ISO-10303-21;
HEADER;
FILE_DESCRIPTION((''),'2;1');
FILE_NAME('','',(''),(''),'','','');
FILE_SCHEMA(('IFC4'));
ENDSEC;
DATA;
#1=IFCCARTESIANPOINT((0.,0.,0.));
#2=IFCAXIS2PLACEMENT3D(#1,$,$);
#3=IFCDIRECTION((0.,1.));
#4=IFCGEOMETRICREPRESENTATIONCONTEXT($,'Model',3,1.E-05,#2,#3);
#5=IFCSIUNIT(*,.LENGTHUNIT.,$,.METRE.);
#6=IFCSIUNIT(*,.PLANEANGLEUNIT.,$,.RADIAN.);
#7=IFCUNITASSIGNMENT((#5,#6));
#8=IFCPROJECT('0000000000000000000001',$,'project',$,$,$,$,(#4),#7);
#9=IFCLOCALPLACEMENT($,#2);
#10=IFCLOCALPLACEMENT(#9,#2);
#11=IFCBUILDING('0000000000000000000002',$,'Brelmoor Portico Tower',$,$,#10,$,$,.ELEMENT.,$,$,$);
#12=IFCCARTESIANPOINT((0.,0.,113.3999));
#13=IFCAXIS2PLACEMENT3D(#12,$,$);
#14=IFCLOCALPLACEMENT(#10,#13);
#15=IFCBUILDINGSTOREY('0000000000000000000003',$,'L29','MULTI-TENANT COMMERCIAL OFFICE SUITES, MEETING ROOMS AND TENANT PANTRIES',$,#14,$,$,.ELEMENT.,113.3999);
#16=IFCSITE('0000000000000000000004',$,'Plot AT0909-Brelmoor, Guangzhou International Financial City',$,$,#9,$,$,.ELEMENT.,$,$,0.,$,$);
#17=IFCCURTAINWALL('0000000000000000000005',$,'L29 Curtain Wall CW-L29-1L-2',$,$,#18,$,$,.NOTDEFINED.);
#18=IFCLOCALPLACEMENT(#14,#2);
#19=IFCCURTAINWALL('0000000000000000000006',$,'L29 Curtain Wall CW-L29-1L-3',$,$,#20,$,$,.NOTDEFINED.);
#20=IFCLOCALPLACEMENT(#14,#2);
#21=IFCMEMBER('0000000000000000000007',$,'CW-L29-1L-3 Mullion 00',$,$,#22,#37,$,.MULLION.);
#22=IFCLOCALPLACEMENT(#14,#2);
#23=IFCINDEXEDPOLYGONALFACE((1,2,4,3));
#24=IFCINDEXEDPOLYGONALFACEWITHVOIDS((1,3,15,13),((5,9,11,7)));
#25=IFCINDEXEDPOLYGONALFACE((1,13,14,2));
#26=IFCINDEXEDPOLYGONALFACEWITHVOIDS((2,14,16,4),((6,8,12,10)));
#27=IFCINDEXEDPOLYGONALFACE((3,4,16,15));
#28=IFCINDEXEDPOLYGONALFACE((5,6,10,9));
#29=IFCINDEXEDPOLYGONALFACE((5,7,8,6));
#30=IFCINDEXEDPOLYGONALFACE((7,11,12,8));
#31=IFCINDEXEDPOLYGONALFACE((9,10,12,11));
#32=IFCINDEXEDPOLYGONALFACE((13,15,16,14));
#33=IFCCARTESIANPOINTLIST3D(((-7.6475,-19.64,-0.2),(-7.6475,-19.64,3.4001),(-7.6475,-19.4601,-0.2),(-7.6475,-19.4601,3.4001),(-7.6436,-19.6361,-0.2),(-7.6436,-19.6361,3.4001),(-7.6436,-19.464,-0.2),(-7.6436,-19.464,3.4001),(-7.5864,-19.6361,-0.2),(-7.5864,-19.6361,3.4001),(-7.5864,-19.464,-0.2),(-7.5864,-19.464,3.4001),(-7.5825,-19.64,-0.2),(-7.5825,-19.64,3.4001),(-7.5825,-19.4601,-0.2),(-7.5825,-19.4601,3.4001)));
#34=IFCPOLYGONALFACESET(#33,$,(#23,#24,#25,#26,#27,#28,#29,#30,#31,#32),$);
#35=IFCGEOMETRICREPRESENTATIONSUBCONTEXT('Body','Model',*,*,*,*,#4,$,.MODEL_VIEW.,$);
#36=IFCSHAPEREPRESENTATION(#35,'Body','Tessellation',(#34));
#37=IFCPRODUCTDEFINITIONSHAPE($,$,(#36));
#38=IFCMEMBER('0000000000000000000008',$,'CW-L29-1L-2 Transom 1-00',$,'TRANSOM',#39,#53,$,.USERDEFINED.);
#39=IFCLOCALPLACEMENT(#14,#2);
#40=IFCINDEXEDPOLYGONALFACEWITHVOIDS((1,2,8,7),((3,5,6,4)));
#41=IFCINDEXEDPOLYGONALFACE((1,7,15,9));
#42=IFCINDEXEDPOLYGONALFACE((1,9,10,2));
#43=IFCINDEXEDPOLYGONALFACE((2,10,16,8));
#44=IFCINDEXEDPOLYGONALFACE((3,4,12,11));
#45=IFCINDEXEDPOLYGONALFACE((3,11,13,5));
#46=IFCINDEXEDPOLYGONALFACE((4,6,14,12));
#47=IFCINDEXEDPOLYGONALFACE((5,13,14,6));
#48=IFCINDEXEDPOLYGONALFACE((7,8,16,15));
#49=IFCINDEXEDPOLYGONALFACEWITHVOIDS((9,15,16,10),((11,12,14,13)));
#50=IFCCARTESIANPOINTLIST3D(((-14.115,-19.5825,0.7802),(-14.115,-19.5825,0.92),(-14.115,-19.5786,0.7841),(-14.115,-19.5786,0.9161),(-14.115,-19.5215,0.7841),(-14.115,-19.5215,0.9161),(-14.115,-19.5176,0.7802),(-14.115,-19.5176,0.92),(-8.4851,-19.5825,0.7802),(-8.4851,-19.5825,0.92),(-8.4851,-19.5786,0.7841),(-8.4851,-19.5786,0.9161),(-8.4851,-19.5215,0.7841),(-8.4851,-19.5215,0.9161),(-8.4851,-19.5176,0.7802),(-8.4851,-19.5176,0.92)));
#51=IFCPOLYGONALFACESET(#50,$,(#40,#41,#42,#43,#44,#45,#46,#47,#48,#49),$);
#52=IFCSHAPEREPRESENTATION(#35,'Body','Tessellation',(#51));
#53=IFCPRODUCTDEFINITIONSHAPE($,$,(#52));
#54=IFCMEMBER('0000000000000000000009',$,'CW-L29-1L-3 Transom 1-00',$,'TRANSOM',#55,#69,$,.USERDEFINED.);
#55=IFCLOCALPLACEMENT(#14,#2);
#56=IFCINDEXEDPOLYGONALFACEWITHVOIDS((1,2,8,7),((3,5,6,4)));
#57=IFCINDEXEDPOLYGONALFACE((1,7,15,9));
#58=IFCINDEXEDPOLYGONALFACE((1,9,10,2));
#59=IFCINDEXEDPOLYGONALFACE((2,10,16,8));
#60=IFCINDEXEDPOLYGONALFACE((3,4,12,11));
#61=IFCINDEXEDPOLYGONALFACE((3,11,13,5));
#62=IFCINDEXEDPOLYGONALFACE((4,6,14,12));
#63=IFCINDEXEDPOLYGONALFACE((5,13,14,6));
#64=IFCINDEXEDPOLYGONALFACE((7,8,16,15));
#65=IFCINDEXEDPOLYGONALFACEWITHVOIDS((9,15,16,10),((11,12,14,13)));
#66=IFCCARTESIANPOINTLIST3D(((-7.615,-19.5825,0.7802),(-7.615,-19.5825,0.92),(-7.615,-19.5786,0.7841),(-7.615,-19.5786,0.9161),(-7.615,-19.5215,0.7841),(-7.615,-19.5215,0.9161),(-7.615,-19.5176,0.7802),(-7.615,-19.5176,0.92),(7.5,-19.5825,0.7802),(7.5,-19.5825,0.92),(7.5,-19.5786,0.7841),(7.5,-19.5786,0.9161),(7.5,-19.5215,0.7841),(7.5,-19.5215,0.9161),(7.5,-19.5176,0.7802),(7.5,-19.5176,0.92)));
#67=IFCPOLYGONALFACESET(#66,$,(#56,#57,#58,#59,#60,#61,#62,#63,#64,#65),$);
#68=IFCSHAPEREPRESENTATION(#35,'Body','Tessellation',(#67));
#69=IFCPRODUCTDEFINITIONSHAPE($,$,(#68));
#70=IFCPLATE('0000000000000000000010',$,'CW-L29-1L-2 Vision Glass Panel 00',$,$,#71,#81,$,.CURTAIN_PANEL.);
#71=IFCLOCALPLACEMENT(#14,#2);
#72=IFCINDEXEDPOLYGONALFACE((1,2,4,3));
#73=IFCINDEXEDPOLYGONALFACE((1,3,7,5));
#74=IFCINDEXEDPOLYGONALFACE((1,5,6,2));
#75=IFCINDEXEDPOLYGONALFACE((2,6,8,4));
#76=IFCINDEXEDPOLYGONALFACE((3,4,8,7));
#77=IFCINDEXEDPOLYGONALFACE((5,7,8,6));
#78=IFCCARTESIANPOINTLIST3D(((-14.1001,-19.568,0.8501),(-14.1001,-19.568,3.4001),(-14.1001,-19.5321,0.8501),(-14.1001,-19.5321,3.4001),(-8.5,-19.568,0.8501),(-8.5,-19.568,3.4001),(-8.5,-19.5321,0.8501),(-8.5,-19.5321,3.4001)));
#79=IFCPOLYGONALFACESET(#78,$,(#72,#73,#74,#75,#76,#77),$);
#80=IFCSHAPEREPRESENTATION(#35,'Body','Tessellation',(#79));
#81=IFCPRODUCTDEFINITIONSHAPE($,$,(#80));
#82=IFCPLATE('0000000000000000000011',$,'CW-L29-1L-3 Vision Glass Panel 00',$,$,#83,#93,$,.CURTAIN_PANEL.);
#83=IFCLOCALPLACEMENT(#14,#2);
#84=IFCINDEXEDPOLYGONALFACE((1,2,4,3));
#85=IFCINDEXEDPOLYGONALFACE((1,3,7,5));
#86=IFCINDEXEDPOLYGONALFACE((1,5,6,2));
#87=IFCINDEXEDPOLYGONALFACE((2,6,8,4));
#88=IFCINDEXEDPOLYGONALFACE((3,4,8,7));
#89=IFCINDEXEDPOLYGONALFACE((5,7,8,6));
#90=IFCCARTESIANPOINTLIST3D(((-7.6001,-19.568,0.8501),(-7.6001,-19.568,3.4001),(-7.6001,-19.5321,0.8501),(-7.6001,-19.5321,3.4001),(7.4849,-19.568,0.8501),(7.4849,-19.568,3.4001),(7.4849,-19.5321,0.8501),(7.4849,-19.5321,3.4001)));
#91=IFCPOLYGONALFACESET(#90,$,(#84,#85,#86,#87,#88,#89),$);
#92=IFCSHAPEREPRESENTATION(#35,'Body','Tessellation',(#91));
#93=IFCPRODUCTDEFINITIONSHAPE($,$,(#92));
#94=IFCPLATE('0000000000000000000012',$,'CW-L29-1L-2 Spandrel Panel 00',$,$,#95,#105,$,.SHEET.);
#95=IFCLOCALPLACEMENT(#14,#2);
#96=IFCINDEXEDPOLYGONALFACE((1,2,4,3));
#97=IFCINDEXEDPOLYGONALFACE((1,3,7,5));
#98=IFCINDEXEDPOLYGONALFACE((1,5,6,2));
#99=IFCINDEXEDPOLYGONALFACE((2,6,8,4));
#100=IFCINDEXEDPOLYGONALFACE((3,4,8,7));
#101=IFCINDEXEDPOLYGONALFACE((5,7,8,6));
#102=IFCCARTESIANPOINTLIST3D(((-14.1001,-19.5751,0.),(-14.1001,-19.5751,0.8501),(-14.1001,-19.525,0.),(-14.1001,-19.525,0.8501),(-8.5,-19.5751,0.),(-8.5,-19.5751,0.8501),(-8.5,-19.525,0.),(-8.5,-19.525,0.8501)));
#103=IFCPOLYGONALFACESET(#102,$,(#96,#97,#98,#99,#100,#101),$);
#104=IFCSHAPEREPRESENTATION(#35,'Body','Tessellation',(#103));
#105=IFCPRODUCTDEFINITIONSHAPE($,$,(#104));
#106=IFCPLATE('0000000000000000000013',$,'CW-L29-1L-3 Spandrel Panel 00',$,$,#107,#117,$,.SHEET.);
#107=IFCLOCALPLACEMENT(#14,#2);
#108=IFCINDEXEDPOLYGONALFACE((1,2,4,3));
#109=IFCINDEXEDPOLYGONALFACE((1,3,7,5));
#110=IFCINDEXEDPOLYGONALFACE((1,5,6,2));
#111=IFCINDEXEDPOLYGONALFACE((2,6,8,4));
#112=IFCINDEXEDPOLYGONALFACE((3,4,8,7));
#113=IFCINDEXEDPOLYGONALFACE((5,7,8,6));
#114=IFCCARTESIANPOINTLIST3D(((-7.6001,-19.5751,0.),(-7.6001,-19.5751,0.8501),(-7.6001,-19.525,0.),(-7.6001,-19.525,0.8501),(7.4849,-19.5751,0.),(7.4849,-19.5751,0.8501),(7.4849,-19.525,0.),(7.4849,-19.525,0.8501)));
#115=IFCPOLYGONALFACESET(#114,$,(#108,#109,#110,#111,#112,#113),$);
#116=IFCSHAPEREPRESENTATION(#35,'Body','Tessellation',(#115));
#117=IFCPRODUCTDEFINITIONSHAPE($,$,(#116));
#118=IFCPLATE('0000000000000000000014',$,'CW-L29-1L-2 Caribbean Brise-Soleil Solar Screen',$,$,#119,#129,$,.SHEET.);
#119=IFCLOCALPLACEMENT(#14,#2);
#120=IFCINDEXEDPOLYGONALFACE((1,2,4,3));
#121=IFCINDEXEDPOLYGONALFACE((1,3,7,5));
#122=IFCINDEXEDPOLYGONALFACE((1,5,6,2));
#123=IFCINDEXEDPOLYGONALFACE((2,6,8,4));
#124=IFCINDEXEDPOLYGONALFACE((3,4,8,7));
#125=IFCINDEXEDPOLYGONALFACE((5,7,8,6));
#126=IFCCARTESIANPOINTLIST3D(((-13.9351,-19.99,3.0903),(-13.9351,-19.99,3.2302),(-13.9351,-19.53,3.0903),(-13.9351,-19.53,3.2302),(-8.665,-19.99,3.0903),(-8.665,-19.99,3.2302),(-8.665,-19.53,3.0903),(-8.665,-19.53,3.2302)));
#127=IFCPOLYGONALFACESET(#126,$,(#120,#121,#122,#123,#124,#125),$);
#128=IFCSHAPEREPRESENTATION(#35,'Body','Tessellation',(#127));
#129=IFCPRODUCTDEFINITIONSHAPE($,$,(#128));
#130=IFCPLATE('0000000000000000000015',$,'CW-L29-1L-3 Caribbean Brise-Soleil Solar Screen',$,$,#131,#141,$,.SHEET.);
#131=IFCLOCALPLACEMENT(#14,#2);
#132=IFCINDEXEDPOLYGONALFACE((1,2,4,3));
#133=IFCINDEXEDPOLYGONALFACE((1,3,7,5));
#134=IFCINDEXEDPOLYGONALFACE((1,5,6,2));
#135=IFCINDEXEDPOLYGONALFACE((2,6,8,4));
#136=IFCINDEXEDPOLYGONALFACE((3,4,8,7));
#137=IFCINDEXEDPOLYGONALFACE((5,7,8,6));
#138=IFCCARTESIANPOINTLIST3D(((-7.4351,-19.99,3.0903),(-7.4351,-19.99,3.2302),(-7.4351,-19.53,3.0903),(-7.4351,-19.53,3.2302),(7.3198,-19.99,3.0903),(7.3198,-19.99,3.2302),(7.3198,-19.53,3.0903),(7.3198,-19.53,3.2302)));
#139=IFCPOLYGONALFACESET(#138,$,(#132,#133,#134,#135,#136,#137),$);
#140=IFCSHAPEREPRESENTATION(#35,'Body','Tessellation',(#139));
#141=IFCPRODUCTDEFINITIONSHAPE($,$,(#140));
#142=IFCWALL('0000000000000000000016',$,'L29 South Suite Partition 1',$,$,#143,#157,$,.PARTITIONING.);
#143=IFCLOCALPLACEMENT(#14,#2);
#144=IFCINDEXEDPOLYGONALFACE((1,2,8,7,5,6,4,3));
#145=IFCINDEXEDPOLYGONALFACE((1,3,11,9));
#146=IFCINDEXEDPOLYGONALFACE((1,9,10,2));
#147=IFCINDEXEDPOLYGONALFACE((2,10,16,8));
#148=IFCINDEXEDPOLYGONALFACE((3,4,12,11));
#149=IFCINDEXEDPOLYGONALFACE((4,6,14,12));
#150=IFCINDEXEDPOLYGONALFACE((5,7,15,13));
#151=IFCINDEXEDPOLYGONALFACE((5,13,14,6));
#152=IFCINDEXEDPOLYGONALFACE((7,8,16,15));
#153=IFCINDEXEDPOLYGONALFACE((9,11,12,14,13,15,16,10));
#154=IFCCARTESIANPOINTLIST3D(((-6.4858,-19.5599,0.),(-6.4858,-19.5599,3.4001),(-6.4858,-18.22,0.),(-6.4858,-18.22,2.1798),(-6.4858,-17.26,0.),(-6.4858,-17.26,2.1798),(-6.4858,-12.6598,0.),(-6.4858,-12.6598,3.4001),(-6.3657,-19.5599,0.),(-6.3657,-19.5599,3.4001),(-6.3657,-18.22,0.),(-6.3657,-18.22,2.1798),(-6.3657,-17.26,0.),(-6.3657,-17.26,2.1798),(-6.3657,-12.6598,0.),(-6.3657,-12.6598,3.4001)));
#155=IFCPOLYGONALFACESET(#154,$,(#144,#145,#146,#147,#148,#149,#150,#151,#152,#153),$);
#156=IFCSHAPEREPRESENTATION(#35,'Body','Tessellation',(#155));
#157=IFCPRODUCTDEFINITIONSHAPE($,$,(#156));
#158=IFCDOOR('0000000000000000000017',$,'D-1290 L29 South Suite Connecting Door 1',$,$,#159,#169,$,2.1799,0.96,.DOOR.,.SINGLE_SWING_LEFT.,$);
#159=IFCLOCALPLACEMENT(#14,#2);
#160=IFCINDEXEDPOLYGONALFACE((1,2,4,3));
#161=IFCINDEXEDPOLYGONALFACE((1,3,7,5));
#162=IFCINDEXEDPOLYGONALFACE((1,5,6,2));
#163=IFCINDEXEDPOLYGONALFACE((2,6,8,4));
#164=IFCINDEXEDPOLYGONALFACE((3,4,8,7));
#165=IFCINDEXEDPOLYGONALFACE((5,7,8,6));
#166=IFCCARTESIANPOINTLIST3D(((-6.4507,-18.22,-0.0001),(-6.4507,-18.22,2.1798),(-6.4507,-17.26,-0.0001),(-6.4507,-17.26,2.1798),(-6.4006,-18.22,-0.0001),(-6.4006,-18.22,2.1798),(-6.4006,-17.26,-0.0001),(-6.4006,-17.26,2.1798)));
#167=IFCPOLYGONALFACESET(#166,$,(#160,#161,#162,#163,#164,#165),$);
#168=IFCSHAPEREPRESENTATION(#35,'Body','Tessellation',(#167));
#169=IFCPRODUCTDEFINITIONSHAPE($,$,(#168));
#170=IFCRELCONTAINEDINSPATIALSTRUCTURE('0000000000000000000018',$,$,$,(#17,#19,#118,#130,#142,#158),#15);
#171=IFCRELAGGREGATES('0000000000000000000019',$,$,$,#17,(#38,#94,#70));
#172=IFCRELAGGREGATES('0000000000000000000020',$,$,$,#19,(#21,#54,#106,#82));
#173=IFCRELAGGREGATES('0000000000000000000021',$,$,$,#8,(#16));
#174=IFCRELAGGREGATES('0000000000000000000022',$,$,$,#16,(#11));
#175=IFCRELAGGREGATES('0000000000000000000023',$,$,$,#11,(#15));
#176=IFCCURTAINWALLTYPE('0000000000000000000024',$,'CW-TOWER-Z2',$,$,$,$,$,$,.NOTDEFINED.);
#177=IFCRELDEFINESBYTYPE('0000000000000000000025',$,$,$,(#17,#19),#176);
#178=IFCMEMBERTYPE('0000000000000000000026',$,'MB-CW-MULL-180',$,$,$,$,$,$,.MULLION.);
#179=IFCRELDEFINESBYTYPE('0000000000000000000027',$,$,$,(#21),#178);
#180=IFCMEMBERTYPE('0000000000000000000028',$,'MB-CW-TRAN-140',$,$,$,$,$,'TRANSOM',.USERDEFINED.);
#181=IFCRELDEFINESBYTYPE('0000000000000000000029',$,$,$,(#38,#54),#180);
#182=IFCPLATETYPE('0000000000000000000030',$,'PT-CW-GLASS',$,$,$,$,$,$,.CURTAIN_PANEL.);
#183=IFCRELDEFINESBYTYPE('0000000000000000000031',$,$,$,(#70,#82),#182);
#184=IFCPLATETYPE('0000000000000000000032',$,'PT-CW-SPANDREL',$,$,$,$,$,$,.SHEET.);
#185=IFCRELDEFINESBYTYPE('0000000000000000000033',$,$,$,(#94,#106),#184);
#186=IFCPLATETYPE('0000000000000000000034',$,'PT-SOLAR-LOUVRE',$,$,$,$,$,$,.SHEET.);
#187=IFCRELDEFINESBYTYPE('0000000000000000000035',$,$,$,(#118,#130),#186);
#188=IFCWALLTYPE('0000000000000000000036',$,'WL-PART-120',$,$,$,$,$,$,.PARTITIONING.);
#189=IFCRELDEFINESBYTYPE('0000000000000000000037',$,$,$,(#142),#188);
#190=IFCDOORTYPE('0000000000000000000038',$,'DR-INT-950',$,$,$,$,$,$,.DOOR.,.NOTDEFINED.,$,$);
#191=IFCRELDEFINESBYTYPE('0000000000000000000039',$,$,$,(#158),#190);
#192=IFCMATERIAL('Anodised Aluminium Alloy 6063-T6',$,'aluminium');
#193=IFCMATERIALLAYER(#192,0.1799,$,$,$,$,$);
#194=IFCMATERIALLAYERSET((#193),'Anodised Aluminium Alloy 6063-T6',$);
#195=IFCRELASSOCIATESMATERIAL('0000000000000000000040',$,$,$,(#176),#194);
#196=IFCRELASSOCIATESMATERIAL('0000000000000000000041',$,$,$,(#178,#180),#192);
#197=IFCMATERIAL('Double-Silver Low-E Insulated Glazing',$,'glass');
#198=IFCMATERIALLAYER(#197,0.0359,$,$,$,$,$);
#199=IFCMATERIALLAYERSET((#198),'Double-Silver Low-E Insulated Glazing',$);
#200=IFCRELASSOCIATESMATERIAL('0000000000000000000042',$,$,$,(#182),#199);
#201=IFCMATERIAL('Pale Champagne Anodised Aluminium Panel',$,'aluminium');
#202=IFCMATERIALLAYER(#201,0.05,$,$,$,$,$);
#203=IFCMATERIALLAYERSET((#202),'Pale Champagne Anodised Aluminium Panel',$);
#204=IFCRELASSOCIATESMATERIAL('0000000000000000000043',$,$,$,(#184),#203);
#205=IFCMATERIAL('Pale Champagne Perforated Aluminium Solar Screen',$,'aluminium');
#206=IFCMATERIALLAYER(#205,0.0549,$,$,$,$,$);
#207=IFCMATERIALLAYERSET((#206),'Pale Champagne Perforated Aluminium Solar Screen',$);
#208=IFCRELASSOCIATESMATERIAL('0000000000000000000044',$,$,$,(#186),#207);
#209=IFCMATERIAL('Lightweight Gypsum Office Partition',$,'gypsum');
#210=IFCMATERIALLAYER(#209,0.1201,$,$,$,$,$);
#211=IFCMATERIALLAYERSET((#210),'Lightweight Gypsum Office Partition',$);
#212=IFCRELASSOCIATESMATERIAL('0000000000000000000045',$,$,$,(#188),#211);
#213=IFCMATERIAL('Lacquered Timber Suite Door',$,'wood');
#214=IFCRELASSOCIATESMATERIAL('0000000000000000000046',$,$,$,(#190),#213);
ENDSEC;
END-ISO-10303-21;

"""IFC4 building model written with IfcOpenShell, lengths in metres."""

from ifc_helpers import new_model, si_unit, direction, frame, frame_2d, origin, origin_2d, place, context, subcontext, project, spatial, rectangle, hollow_rectangle, extrude, material, layer, layer_set, material_profile, profile_set, type_object, element, fill, aggregate, save


model = new_model("IFC4")

# Units and contexts
model_context = context("Model", 3, precision=1e-05, world=origin(), true_north=direction((0.0, 1.0)))
body_context = subcontext(model_context, "Body", "Model", "MODEL_VIEW")
ifc_project = project(units=[si_unit("LENGTHUNIT", "METRE"), si_unit("PLANEANGLEUNIT", "RADIAN")], contexts=[model_context])

# Site, building, storey
site_placement = place(None, origin())
site = spatial("IfcSite", under=ifc_project, at=site_placement, Name="Plot AT0909-Brelmoor, Guangzhou International Financial City", CompositionType="ELEMENT", RefElevation=0.0)
building_placement = place(site_placement, origin())
building = spatial("IfcBuilding", under=site, at=building_placement, Name="Brelmoor Portico Tower", CompositionType="ELEMENT")
storey_placement = place(building_placement, frame((0.0, 0.0, 113.3999)))
storey = spatial("IfcBuildingStorey", under=building, at=storey_placement, Name="L29", Description="MULTI-TENANT COMMERCIAL OFFICE SUITES, MEETING ROOMS AND TENANT PANTRIES", CompositionType="ELEMENT", Elevation=113.3999)

# Curtain wall
ifc_material_1 = material(Name="Anodised Aluminium Alloy 6063-T6", Category="aluminium")
ifc_layer_1 = layer(ifc_material_1, 0.1799)
ifc_layer_set_1 = layer_set([ifc_layer_1], Name="Anodised Aluminium Alloy 6063-T6")
curtain_wall_type = type_object("IfcCurtainWallType", Name="CW-TOWER-Z2", PredefinedType="NOTDEFINED", material=ifc_layer_set_1)
curtain_wall_1_placement = place(storey_placement, origin())
curtain_wall_1 = element("IfcCurtainWall", 1, at=curtain_wall_1_placement, inside=storey, type_object=curtain_wall_type, Name="L29 Curtain Wall CW-L29-1L-2", PredefinedType="NOTDEFINED")
ifc_material_profile_1 = material_profile(ifc_material_1, hollow_rectangle(XDim=0.0649, YDim=0.1799, WallThickness=0.0039, at=origin_2d()), Name="ALU MULLION 65x180")
ifc_profile_set_1 = profile_set([ifc_material_profile_1], Name="Anodised Aluminium Alloy 6063-T6")
member_type_1 = type_object("IfcMemberType", Name="MB-CW-MULL-180", PredefinedType="MULLION", material=ifc_profile_set_1)

# Curtain wall, member
curtain_wall_2_placement = place(storey_placement, origin())
curtain_wall_2 = element("IfcCurtainWall", 2, at=curtain_wall_2_placement, inside=storey, type_object=curtain_wall_type, Name="L29 Curtain Wall CW-L29-1L-3", PredefinedType="NOTDEFINED")
member_1_placement = place(storey_placement, frame((-7.615, -19.55, -0.2), z_axis=(0.0, 0.0, 1.0), x_axis=(1.0, 0.0, 0.0)))
member_1 = element("IfcMember", 3, at=member_1_placement, type_object=member_type_1, Name="CW-L29-1L-3 Mullion 00", PredefinedType="MULLION", context=body_context, shape_type="SweptSolid", body=[
    extrude(hollow_rectangle(XDim=0.0649, YDim=0.1799, WallThickness=0.0039, at=origin_2d()), origin(), (0.0, 0.0, 1.0), 3.6001),
])

# Members
ifc_material_profile_2 = material_profile(ifc_material_1, hollow_rectangle(XDim=0.0649, YDim=0.1399, WallThickness=0.0039, at=origin_2d()), Name="ALU TRANSOM 65x140")
ifc_profile_set_2 = profile_set([ifc_material_profile_2], Name="Anodised Aluminium Alloy 6063-T6")
member_type_2 = type_object("IfcMemberType", Name="MB-CW-TRAN-140", ElementType="TRANSOM", PredefinedType="USERDEFINED", material=ifc_profile_set_2)
member_2_placement = place(storey_placement, frame((-14.115, -19.55, 0.8501), z_axis=(1.0, 0.0, 0.0), x_axis=(0.0, 1.0, 0.0)))
member_2 = element("IfcMember", 4, at=member_2_placement, type_object=member_type_2, Name="CW-L29-1L-2 Transom 1-00", ObjectType="TRANSOM", PredefinedType="USERDEFINED", context=body_context, shape_type="SweptSolid", body=[
    extrude(hollow_rectangle(XDim=0.0649, YDim=0.1399, WallThickness=0.0039, at=origin_2d()), origin(), (0.0, 0.0, 1.0), 5.6299),
])
member_3_placement = place(storey_placement, frame((-7.615, -19.55, 0.8501), z_axis=(1.0, 0.0, 0.0), x_axis=(0.0, 1.0, 0.0)))
member_3 = element("IfcMember", 5, at=member_3_placement, type_object=member_type_2, Name="CW-L29-1L-3 Transom 1-00", ObjectType="TRANSOM", PredefinedType="USERDEFINED", context=body_context, shape_type="SweptSolid", body=[
    extrude(hollow_rectangle(XDim=0.0649, YDim=0.1399, WallThickness=0.0039, at=origin_2d()), origin(), (0.0, 0.0, 1.0), 15.115),
])

# Plates
ifc_material_2 = material(Name="Double-Silver Low-E Insulated Glazing", Category="glass")
ifc_layer_2 = layer(ifc_material_2, 0.0359)
ifc_layer_set_2 = layer_set([ifc_layer_2], Name="Double-Silver Low-E Insulated Glazing")
plate_type_1 = type_object("IfcPlateType", Name="PT-CW-GLASS", PredefinedType="CURTAIN_PANEL", material=ifc_layer_set_2)
plate_1_placement = place(storey_placement, frame((-11.3, -19.55, 0.8501), z_axis=(0.0, 0.0, 1.0), x_axis=(1.0, 0.0, 0.0)))
plate_1 = element("IfcPlate", 6, at=plate_1_placement, type_object=plate_type_1, Name="CW-L29-1L-2 Vision Glass Panel 00", PredefinedType="CURTAIN_PANEL", context=body_context, shape_type="SweptSolid", body=[
    extrude(rectangle(XDim=5.6001, YDim=0.0359, at=origin_2d()), origin(), (0.0, 0.0, 1.0), 2.55),
])
plate_2_placement = place(storey_placement, frame((-0.0576, -19.55, 0.8501), z_axis=(0.0, 0.0, 1.0), x_axis=(1.0, 0.0, 0.0)))
plate_2 = element("IfcPlate", 7, at=plate_2_placement, type_object=plate_type_1, Name="CW-L29-1L-3 Vision Glass Panel 00", PredefinedType="CURTAIN_PANEL", context=body_context, shape_type="SweptSolid", body=[
    extrude(rectangle(XDim=15.085, YDim=0.0359, at=origin_2d()), origin(), (0.0, 0.0, 1.0), 2.55),
])
ifc_material_3 = material(Name="Pale Champagne Anodised Aluminium Panel", Category="aluminium")
ifc_layer_3 = layer(ifc_material_3, 0.05)
ifc_layer_set_3 = layer_set([ifc_layer_3], Name="Pale Champagne Anodised Aluminium Panel")
plate_type_2 = type_object("IfcPlateType", Name="PT-CW-SPANDREL", PredefinedType="SHEET", material=ifc_layer_set_3)
plate_3_placement = place(storey_placement, frame((-11.3, -19.55, 0.0), z_axis=(0.0, 0.0, 1.0), x_axis=(1.0, 0.0, 0.0)))
plate_3 = element("IfcPlate", 8, at=plate_3_placement, type_object=plate_type_2, Name="CW-L29-1L-2 Spandrel Panel 00", PredefinedType="SHEET", context=body_context, shape_type="SweptSolid", body=[
    extrude(rectangle(XDim=5.6001, YDim=0.05, at=origin_2d()), origin(), (0.0, 0.0, 1.0), 0.8501),
])
aggregate(curtain_wall_1, [member_2, plate_3, plate_1])
plate_4_placement = place(storey_placement, frame((-0.0576, -19.55, 0.0), z_axis=(0.0, 0.0, 1.0), x_axis=(1.0, 0.0, 0.0)))
plate_4 = element("IfcPlate", 9, at=plate_4_placement, type_object=plate_type_2, Name="CW-L29-1L-3 Spandrel Panel 00", PredefinedType="SHEET", context=body_context, shape_type="SweptSolid", body=[
    extrude(rectangle(XDim=15.085, YDim=0.05, at=origin_2d()), origin(), (0.0, 0.0, 1.0), 0.8501),
])
aggregate(curtain_wall_2, [member_1, member_3, plate_4, plate_2])

# Plates
ifc_material_4 = material(Name="Pale Champagne Perforated Aluminium Solar Screen", Category="aluminium")
ifc_layer_4 = layer(ifc_material_4, 0.0549)
ifc_layer_set_4 = layer_set([ifc_layer_4], Name="Pale Champagne Perforated Aluminium Solar Screen")
plate_type_3 = type_object("IfcPlateType", Name="PT-SOLAR-LOUVRE", PredefinedType="SHEET", material=ifc_layer_set_4)
plate_5_placement = place(storey_placement, frame((-11.3, -19.76, 3.0903), z_axis=(0.0, 0.0, 1.0), x_axis=(1.0, 0.0, 0.0)))
element("IfcPlate", 10, at=plate_5_placement, inside=storey, type_object=plate_type_3, Name="CW-L29-1L-2 Caribbean Brise-Soleil Solar Screen", PredefinedType="SHEET", context=body_context, shape_type="SweptSolid", body=[
    extrude(rectangle(XDim=5.27, YDim=0.46, at=origin_2d()), origin(), (0.0, 0.0, 1.0), 0.1399),
])
plate_6_placement = place(storey_placement, frame((-0.0576, -19.76, 3.0903), z_axis=(0.0, 0.0, 1.0), x_axis=(1.0, 0.0, 0.0)))
element("IfcPlate", 11, at=plate_6_placement, inside=storey, type_object=plate_type_3, Name="CW-L29-1L-3 Caribbean Brise-Soleil Solar Screen", PredefinedType="SHEET", context=body_context, shape_type="SweptSolid", body=[
    extrude(rectangle(XDim=14.7549, YDim=0.46, at=origin_2d()), origin(), (0.0, 0.0, 1.0), 0.1399),
])

# Wall, opening, door
ifc_material_5 = material(Name="Lightweight Gypsum Office Partition", Category="gypsum")
ifc_layer_5 = layer(ifc_material_5, 0.1201)
ifc_layer_set_5 = layer_set([ifc_layer_5], Name="Lightweight Gypsum Office Partition")
wall_type_1 = type_object("IfcWallType", Name="WL-PART-120", PredefinedType="PARTITIONING", material=ifc_layer_set_5)
wall_1_placement = place(storey_placement, frame((-6.4258, -19.5601, 0.0), z_axis=(0.0, 0.0, 1.0), x_axis=(0.0, 1.0, 0.0)))
wall_1 = element("IfcWall", 12, at=wall_1_placement, inside=storey, type_object=wall_type_1, Name="L29 South Suite Partition 1", PredefinedType="PARTITIONING", context=body_context, shape_type="SweptSolid", body=[
    extrude(rectangle(XDim=6.9001, YDim=0.1201, at=frame_2d((3.4502, 0.0))), origin(), (0.0, 0.0, 1.0), 3.4001),
])
opening_1_placement = place(wall_1_placement, frame((1.3401, 0.0, 0.0)))
opening_1 = element("IfcOpeningElement", 13, at=opening_1_placement, cuts=wall_1, PredefinedType="OPENING", context=body_context, shape_type="SweptSolid", body=[
    extrude(rectangle(XDim=0.96, YDim=2.1799, at=frame_2d((0.48, 1.0898))), frame((0.0, 0.0701, 0.0), z_axis=(0.0, -1.0, 0.0), x_axis=(1.0, 0.0, 0.0)), (0.0, 0.0, 1.0), 0.1401),
])
ifc_material_6 = material(Name="Lacquered Timber Suite Door", Category="wood")
door_type_1 = type_object("IfcDoorType", Name="DR-INT-950", OperationType="NOTDEFINED", PredefinedType="DOOR", material=ifc_material_6)
door_1_placement = place(opening_1_placement, origin())
door_1 = element("IfcDoor", 14, at=door_1_placement, inside=storey, type_object=door_type_1, Name="D-1290 L29 South Suite Connecting Door 1", OperationType="SINGLE_SWING_LEFT", OverallHeight=2.1799, OverallWidth=0.96, PredefinedType="DOOR", context=body_context, shape_type="SweptSolid", body=[
    extrude(rectangle(XDim=0.96, YDim=2.1799, at=frame_2d((0.48, 1.0898))), frame((0.0, 0.0249, 0.0), z_axis=(0.0, -1.0, 0.0), x_axis=(1.0, 0.0, 0.0)), (0.0, 0.0, 1.0), 0.05),
])
fill(opening_1, door_1)

save(model, "model.ifc")
